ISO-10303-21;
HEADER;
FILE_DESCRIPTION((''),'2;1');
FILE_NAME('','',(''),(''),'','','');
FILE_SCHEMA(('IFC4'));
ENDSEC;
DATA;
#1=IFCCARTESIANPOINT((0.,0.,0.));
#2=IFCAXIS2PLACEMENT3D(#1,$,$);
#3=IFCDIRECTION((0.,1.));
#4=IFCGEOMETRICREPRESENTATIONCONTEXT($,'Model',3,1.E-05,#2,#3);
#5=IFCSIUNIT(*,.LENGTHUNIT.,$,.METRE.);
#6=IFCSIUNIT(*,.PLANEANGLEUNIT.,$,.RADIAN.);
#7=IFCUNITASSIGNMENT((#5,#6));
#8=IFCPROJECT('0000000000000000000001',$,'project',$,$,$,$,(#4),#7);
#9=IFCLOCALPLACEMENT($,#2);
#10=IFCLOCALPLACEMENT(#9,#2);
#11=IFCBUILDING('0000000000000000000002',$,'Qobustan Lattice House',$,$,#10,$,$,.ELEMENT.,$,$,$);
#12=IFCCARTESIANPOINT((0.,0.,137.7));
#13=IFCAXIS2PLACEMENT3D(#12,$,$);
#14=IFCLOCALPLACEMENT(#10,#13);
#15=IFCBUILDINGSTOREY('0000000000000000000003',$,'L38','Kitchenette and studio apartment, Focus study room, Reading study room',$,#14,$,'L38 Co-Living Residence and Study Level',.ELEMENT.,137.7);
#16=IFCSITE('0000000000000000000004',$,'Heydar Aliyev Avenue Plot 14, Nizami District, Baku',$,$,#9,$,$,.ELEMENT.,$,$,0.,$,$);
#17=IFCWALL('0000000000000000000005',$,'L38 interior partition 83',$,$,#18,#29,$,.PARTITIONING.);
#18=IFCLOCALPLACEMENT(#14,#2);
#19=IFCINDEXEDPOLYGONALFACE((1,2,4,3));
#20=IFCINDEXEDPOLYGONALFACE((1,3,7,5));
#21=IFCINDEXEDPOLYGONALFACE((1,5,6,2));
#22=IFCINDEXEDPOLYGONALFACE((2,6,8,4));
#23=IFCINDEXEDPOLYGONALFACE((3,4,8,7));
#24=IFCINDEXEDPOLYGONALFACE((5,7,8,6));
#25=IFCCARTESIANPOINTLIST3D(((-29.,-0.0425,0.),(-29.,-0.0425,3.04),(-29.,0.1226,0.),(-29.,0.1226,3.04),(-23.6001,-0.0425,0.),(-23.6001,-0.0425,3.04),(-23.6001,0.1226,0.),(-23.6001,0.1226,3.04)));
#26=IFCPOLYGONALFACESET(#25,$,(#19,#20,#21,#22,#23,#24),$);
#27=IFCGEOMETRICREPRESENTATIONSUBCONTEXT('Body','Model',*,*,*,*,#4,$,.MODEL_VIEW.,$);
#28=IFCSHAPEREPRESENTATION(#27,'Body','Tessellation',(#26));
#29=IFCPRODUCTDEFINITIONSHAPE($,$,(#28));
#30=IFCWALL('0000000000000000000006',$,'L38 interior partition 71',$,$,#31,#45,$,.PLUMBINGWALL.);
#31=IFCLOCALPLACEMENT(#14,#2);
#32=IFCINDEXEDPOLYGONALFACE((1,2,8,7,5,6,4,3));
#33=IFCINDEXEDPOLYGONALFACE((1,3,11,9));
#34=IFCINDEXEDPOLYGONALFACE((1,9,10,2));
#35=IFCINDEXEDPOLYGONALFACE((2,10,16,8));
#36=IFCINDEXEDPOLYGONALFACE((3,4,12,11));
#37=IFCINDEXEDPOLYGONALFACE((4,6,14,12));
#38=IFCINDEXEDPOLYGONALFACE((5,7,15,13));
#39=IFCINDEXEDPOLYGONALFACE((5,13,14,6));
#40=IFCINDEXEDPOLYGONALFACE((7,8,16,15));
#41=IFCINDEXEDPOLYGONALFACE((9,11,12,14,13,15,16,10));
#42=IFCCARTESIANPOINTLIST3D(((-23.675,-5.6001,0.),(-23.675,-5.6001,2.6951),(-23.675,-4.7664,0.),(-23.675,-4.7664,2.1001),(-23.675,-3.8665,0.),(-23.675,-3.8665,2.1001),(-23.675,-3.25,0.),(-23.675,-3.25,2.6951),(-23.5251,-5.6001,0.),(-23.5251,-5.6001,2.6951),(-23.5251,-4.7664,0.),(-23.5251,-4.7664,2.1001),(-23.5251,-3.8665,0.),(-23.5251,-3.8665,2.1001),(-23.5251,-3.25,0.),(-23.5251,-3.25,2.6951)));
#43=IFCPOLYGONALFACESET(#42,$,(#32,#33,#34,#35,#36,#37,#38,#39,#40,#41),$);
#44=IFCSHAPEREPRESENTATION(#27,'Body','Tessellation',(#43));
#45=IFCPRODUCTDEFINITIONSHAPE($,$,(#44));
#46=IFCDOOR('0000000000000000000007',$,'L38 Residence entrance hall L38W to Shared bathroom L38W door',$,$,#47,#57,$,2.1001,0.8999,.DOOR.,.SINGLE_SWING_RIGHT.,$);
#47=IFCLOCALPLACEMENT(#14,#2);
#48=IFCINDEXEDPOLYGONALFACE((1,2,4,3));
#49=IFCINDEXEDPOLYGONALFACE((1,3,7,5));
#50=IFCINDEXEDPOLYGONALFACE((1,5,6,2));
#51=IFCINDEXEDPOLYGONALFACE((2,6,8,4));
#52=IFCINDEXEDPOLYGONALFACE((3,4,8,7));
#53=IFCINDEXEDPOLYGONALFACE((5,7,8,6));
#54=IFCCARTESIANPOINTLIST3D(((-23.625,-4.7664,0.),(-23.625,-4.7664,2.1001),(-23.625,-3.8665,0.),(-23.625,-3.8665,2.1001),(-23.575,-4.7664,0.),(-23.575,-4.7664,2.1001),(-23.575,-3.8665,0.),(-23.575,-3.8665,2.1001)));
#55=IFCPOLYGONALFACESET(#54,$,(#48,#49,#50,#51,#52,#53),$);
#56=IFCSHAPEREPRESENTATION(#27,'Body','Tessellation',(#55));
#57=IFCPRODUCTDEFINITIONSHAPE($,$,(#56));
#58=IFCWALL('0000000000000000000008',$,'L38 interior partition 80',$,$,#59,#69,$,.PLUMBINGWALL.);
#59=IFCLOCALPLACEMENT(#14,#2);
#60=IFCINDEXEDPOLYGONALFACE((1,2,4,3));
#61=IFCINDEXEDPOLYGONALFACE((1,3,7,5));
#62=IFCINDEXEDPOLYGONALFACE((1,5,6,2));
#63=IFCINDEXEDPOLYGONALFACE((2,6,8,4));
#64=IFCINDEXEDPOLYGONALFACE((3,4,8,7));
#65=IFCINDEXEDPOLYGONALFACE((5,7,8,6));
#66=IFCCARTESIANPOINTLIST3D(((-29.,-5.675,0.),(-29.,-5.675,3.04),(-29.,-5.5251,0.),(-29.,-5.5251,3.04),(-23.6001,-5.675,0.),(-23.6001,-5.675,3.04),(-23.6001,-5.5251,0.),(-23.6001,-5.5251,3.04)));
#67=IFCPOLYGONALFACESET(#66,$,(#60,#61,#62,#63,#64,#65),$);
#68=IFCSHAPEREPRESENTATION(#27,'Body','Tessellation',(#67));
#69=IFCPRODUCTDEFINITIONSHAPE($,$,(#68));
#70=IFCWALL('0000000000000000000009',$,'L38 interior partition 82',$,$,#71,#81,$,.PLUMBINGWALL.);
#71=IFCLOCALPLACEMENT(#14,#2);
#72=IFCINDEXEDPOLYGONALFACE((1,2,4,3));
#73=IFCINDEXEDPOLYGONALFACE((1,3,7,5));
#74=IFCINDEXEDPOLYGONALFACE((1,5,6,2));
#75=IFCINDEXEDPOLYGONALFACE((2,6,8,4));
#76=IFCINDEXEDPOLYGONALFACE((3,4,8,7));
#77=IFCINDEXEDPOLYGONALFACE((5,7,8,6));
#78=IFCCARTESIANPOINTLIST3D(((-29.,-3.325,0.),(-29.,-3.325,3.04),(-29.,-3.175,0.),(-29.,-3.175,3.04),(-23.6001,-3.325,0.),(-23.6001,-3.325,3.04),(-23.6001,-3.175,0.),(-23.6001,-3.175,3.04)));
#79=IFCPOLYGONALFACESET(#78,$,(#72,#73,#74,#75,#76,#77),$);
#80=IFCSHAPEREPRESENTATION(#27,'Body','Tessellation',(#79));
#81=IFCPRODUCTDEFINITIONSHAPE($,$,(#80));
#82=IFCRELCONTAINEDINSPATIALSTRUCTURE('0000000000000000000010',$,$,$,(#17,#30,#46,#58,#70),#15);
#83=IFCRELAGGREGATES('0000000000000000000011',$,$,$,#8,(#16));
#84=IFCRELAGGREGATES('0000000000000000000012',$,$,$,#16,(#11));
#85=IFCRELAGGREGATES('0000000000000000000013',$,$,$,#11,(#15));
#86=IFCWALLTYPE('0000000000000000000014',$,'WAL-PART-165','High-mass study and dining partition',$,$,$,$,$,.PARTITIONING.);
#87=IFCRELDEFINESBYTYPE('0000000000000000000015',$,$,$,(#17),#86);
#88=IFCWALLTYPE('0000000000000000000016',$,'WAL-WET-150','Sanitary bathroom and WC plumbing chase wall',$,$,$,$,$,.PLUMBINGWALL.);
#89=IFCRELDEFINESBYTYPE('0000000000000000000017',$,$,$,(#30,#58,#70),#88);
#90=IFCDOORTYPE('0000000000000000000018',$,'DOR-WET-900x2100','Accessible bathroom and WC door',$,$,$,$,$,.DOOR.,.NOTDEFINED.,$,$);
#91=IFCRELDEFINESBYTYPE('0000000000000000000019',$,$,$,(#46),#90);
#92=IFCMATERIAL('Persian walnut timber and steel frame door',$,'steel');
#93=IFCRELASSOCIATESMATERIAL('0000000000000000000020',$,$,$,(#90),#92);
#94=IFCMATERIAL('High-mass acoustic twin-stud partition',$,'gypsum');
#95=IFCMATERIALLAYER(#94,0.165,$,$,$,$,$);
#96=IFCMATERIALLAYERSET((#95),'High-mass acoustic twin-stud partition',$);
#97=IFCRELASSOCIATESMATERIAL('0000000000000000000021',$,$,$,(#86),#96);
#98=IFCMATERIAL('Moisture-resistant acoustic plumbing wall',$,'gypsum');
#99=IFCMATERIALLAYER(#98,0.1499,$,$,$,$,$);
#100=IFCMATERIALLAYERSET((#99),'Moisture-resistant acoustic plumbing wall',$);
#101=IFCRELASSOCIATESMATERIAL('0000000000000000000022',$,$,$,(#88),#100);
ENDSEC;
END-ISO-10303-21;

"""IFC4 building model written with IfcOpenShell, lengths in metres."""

from ifc_helpers import new_model, si_unit, direction, frame, frame_2d, origin, place, context, subcontext, project, spatial, rectangle, extrude, material, layer, layer_set, type_object, element, fill, save


model = new_model("IFC4")

# Units and contexts
model_context = context("Model", 3, precision=1e-05, world=origin(), true_north=direction((0.0, 1.0)))
body_context = subcontext(model_context, "Body", "Model", "MODEL_VIEW")
ifc_project = project(units=[si_unit("LENGTHUNIT", "METRE"), si_unit("PLANEANGLEUNIT", "RADIAN")], contexts=[model_context])

# Site, building, storey
site_placement = place(None, origin())
site = spatial("IfcSite", under=ifc_project, at=site_placement, Name="Heydar Aliyev Avenue Plot 14, Nizami District, Baku", CompositionType="ELEMENT", RefElevation=0.0)
building_placement = place(site_placement, origin())
building = spatial("IfcBuilding", under=site, at=building_placement, Name="Qobustan Lattice House", CompositionType="ELEMENT")
storey_placement = place(building_placement, frame((0.0, 0.0, 137.7)))
storey = spatial("IfcBuildingStorey", under=building, at=storey_placement, Name="L38", Description="Kitchenette and studio apartment, Focus study room, Reading study room", LongName="L38 Co-Living Residence and Study Level", CompositionType="ELEMENT", Elevation=137.7)

# Shared definitions
ifc_material_1 = material(Name="Persian walnut timber and steel frame door", Category="steel")
door_type_1 = type_object("IfcDoorType", Name="DOR-WET-900x2100", Description="Accessible bathroom and WC door", OperationType="NOTDEFINED", PredefinedType="DOOR", material=ifc_material_1)

# Shared definitions
ifc_material_2 = material(Name="High-mass acoustic twin-stud partition", Category="gypsum")
ifc_layer_1 = layer(ifc_material_2, 0.165)
ifc_layer_set_1 = layer_set([ifc_layer_1], Name="High-mass acoustic twin-stud partition")
wall_type_1 = type_object("IfcWallType", Name="WAL-PART-165", Description="High-mass study and dining partition", PredefinedType="PARTITIONING", material=ifc_layer_set_1)

# Wall
wall_1_placement = place(storey_placement, frame((-29.0, 0.04, 0.0), z_axis=(0.0, 0.0, 1.0), x_axis=(1.0, 0.0, 0.0)))
element("IfcWall", 1, at=wall_1_placement, inside=storey, type_object=wall_type_1, Name="L38 interior partition 83", PredefinedType="PARTITIONING", context=body_context, shape_type="SweptSolid", body=[
    extrude(rectangle(XDim=5.3999, YDim=0.165, at=frame_2d((2.7, 0.0))), origin(), (0.0, 0.0, 1.0), 3.04),
])

# Wall, opening, door
ifc_material_3 = material(Name="Moisture-resistant acoustic plumbing wall", Category="gypsum")
ifc_layer_2 = layer(ifc_material_3, 0.1499)
ifc_layer_set_2 = layer_set([ifc_layer_2], Name="Moisture-resistant acoustic plumbing wall")
wall_type_2 = type_object("IfcWallType", Name="WAL-WET-150", Description="Sanitary bathroom and WC plumbing chase wall", PredefinedType="PLUMBINGWALL", material=ifc_layer_set_2)
wall_2_placement = place(storey_placement, frame((-23.6001, -5.6001, 0.0), z_axis=(0.0, 0.0, 1.0), x_axis=(0.0, 1.0, 0.0)))
wall_2 = element("IfcWall", 2, at=wall_2_placement, inside=storey, type_object=wall_type_2, Name="L38 interior partition 71", PredefinedType="PLUMBINGWALL", context=body_context, shape_type="SweptSolid", body=[
    extrude(rectangle(XDim=2.3501, YDim=0.1499, at=frame_2d((1.175, 0.0))), origin(), (0.0, 0.0, 1.0), 2.6951),
])
opening_1_placement = place(wall_2_placement, frame((0.8337, 0.0, 0.0)))
opening_1 = element("IfcOpeningElement", 3, at=opening_1_placement, cuts=wall_2, PredefinedType="OPENING", context=body_context, shape_type="SweptSolid", body=[
    extrude(rectangle(XDim=0.8999, YDim=2.1001, at=frame_2d((0.45, 1.05))), frame((0.0, 0.085, 0.0), z_axis=(0.0, -1.0, 0.0), x_axis=(1.0, 0.0, 0.0)), (0.0, 0.0, 1.0), 0.1699),
])
door_1_placement = place(opening_1_placement, origin())
door_1 = element("IfcDoor", 4, at=door_1_placement, inside=storey, type_object=door_type_1, Name="L38 Residence entrance hall L38W to Shared bathroom L38W door", OperationType="SINGLE_SWING_RIGHT", OverallHeight=2.1001, OverallWidth=0.8999, PredefinedType="DOOR", context=body_context, shape_type="SweptSolid", body=[
    extrude(rectangle(XDim=0.8999, YDim=2.1001, at=frame_2d((0.45, 1.05))), frame((0.0, 0.0249, 0.0), z_axis=(0.0, -1.0, 0.0), x_axis=(1.0, 0.0, 0.0)), (0.0, 0.0, 1.0), 0.05),
])
fill(opening_1, door_1)

# Walls
for number, where, z_axis, x_axis, name in (
    (5, (-29.0, -5.6001, 0.0), (0.0, 0.0, 1.0), (1.0, 0.0, 0.0), "L38 interior partition 80"),
    (6, (-29.0, -3.25, 0.0), (0.0, 0.0, 1.0), (1.0, 0.0, 0.0), "L38 interior partition 82"),
):
    element("IfcWall", number, at=place(storey_placement, frame(where, z_axis=z_axis, x_axis=x_axis)), inside=storey, type_object=wall_type_2, Name=name, PredefinedType="PLUMBINGWALL", context=body_context, shape_type="SweptSolid", body=[
        extrude(rectangle(XDim=5.3999, YDim=0.1499, at=frame_2d((2.7, 0.0))), origin(), (0.0, 0.0, 1.0), 3.04),
    ])

save(model, "model.ifc")
